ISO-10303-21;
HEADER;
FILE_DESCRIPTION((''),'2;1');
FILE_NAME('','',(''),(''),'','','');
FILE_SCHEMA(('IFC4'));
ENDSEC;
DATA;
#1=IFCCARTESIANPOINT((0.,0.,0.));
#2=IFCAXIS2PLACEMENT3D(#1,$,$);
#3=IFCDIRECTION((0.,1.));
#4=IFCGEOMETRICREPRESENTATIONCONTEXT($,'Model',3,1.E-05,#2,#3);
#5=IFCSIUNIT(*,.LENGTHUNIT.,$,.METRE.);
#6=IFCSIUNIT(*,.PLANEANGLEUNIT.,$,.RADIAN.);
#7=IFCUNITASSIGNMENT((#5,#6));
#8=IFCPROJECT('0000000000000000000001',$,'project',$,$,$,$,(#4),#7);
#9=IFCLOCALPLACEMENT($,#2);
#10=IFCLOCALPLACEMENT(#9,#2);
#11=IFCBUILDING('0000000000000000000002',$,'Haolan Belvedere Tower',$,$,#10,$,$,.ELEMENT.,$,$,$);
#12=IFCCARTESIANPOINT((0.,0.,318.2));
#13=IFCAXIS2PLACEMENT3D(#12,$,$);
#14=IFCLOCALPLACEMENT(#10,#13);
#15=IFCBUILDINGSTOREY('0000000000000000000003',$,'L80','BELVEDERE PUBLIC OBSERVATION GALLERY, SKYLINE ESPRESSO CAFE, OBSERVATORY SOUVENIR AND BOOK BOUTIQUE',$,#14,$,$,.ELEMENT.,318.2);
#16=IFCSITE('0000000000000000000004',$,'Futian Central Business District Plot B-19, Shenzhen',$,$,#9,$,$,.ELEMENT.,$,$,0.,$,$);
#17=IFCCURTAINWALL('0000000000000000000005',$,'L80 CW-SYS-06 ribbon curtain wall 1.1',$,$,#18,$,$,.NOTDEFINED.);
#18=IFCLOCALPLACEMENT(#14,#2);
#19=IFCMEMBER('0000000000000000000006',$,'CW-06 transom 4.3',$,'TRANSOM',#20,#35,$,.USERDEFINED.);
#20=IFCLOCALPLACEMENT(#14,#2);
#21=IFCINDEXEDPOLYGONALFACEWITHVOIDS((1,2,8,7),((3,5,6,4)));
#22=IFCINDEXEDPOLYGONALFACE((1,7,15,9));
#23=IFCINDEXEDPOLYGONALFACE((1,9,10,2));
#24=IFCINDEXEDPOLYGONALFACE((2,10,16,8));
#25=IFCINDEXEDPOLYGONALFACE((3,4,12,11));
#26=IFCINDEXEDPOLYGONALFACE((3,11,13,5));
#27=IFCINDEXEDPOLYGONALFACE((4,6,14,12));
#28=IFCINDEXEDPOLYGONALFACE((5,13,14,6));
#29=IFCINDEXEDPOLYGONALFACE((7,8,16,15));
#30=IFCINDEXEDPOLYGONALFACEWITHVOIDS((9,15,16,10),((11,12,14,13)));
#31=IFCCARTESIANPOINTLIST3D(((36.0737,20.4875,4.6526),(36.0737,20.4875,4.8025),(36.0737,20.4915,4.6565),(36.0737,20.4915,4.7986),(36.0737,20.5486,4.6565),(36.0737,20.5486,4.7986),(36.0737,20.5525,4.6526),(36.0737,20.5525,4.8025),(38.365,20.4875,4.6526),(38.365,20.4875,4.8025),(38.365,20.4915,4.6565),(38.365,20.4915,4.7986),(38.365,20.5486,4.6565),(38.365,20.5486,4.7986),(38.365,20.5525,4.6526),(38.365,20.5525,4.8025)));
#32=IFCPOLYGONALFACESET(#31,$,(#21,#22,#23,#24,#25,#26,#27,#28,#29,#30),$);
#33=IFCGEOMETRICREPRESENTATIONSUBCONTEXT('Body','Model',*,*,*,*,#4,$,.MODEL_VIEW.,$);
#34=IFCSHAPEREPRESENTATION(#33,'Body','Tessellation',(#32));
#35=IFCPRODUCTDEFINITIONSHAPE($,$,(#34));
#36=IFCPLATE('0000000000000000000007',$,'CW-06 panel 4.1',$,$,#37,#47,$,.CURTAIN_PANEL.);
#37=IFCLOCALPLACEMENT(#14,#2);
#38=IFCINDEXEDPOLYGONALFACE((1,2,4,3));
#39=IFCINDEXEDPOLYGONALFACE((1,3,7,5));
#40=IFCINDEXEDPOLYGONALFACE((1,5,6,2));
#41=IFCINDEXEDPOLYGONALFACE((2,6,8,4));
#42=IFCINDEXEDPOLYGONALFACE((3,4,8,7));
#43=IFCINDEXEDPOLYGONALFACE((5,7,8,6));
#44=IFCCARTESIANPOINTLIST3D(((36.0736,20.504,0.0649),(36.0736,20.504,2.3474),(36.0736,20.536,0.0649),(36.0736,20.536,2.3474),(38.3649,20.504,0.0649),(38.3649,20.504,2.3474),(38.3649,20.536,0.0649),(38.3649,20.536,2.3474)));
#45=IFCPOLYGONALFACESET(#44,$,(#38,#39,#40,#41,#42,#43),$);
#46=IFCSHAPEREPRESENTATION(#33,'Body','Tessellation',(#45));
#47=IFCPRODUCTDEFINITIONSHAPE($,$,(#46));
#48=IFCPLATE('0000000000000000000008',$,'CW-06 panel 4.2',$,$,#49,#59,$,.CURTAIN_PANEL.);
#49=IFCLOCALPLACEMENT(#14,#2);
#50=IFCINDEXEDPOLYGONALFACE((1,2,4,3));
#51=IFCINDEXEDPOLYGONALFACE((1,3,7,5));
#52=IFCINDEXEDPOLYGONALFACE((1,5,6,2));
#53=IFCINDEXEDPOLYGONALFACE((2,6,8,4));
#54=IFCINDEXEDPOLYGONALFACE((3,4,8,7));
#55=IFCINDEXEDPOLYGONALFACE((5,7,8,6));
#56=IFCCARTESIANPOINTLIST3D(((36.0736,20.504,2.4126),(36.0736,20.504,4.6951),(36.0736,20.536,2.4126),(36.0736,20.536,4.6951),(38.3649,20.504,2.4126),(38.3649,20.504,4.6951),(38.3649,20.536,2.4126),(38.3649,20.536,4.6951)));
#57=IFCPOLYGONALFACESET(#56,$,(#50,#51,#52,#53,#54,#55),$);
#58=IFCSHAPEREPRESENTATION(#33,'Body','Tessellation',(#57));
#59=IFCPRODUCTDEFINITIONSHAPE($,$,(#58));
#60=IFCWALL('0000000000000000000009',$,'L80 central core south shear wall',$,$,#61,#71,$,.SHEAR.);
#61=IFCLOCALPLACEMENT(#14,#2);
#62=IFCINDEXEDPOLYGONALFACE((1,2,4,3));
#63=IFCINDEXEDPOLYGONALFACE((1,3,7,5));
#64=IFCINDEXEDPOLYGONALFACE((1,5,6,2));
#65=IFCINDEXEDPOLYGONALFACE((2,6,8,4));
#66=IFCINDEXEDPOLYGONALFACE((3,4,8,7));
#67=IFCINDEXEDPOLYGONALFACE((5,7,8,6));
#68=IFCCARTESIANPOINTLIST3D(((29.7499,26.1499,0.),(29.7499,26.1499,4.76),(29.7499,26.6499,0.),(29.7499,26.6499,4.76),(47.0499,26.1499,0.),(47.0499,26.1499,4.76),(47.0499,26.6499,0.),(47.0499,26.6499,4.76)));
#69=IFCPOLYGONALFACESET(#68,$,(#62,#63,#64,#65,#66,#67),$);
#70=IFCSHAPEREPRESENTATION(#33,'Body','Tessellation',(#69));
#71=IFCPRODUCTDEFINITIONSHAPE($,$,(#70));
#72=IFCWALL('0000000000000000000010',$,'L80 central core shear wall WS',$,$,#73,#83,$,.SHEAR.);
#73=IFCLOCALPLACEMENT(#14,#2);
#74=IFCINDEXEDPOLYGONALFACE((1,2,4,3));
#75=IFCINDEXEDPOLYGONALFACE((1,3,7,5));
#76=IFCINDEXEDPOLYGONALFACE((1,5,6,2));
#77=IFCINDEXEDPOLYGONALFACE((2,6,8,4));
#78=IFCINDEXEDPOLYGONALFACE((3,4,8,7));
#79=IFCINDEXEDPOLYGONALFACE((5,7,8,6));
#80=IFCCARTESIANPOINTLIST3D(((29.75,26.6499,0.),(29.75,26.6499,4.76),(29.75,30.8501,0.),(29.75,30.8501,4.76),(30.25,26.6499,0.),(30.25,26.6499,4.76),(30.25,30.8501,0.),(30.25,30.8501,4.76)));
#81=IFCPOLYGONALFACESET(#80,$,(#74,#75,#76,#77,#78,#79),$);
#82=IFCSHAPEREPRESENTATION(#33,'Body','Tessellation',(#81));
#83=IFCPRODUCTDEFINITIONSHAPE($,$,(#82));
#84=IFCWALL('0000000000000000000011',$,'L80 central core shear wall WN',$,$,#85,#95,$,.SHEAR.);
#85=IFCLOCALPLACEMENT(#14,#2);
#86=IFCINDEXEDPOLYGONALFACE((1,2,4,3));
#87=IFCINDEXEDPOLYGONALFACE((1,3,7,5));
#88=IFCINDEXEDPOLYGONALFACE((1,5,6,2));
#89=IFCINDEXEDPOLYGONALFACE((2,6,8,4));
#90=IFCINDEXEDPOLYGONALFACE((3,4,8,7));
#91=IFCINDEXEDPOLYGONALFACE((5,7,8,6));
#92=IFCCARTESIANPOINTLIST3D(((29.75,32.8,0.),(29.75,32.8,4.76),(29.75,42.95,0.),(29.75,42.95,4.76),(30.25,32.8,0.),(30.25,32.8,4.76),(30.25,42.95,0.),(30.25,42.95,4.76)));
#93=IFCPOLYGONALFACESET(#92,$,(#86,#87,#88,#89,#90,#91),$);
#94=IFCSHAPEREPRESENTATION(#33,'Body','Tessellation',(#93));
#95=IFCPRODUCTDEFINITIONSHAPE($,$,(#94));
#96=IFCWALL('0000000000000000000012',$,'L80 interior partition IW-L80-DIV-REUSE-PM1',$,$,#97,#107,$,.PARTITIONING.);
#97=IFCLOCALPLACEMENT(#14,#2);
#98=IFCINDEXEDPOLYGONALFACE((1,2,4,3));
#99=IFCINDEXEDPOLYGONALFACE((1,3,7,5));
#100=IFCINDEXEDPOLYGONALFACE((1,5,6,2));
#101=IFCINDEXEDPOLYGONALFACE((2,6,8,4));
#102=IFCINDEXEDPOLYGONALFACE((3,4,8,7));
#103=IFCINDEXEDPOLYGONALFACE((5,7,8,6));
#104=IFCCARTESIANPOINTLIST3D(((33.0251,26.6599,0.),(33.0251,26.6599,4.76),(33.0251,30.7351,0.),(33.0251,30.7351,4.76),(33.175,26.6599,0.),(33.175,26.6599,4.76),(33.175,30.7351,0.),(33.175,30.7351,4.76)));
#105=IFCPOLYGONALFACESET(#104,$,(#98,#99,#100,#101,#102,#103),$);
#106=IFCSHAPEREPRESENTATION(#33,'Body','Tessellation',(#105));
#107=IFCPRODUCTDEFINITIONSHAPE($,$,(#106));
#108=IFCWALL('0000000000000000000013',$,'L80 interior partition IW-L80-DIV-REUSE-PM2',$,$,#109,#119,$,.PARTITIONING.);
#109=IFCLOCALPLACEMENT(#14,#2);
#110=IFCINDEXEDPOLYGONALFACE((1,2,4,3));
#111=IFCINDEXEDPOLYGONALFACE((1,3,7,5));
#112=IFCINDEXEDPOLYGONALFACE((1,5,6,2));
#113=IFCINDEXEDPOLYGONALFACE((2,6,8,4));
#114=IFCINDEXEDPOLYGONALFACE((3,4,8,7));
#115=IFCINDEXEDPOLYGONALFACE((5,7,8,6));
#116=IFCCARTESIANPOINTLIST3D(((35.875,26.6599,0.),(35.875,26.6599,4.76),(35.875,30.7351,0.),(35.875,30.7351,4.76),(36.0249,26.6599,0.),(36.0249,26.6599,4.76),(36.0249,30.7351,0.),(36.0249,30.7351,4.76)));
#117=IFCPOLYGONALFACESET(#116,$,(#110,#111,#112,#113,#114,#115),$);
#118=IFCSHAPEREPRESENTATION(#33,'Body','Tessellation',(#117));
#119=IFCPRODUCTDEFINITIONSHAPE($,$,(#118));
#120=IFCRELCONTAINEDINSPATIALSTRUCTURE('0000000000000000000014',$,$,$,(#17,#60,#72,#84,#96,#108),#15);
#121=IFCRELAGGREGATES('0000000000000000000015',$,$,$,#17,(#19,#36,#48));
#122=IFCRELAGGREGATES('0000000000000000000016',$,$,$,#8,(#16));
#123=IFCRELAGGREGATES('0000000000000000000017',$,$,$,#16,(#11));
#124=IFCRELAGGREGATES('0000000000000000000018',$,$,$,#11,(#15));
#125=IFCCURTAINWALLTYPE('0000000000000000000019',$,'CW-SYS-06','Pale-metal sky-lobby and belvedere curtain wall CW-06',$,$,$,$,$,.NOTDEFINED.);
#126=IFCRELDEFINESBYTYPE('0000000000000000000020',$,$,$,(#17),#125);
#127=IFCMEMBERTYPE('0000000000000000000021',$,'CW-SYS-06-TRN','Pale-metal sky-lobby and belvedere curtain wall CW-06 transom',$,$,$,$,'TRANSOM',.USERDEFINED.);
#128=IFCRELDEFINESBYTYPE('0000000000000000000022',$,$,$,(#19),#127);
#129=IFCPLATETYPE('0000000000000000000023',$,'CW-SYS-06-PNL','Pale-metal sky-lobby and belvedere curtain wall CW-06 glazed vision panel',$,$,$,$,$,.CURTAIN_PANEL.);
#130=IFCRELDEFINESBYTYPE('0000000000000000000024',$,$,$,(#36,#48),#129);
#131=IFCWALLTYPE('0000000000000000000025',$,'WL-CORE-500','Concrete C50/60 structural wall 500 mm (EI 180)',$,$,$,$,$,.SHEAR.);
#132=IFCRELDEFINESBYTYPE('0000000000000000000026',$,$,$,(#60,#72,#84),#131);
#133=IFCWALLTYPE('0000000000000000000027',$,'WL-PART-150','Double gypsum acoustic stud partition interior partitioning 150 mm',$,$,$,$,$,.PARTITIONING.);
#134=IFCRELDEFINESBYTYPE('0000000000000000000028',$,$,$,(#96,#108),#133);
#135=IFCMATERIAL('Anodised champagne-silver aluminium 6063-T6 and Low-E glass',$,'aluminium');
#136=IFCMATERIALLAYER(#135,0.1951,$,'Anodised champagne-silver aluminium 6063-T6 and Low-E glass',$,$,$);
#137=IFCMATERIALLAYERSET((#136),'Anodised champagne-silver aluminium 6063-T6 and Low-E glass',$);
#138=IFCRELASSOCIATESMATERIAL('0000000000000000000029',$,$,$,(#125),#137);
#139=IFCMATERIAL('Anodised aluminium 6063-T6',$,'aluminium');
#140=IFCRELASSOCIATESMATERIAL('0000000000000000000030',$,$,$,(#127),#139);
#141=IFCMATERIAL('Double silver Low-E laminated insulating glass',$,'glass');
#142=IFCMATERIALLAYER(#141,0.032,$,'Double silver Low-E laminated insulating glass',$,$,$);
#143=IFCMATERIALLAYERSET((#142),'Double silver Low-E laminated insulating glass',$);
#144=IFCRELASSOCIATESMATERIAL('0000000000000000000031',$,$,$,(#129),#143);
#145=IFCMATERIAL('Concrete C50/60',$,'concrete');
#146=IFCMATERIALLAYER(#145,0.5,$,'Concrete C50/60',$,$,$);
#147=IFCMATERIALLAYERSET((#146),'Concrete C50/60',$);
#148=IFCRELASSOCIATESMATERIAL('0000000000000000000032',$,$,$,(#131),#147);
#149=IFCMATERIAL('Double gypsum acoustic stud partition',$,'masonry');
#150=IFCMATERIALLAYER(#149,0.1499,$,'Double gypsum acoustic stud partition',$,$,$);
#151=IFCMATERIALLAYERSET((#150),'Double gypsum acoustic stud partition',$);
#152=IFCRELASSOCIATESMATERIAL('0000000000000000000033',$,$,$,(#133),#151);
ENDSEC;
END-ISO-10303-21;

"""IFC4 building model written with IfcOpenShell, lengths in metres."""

from ifc_helpers import new_model, si_unit, direction, frame, frame_2d, origin, origin_2d, place, context, subcontext, project, spatial, rectangle, hollow_rectangle, extrude, material, layer, layer_set, material_profile, profile_set, type_object, element, aggregate, save


model = new_model("IFC4")

# Units and contexts
model_context = context("Model", 3, precision=1e-05, world=origin(), true_north=direction((0.0, 1.0)))
body_context = subcontext(model_context, "Body", "Model", "MODEL_VIEW")
ifc_project = project(units=[si_unit("LENGTHUNIT", "METRE"), si_unit("PLANEANGLEUNIT", "RADIAN")], contexts=[model_context])

# Site, building, storey
site_placement = place(None, origin())
site = spatial("IfcSite", under=ifc_project, at=site_placement, Name="Futian Central Business District Plot B-19, Shenzhen", CompositionType="ELEMENT", RefElevation=0.0)
building_placement = place(site_placement, origin())
building = spatial("IfcBuilding", under=site, at=building_placement, Name="Haolan Belvedere Tower", CompositionType="ELEMENT")
storey_placement = place(building_placement, frame((0.0, 0.0, 318.2)))
storey = spatial("IfcBuildingStorey", under=building, at=storey_placement, Name="L80", Description="BELVEDERE PUBLIC OBSERVATION GALLERY, SKYLINE ESPRESSO CAFE, OBSERVATORY SOUVENIR AND BOOK BOUTIQUE", CompositionType="ELEMENT", Elevation=318.2)

# Curtain wall, member, plates
ifc_material_1 = material(Name="Anodised champagne-silver aluminium 6063-T6 and Low-E glass", Category="aluminium")
ifc_layer_1 = layer(ifc_material_1, 0.1951, Name="Anodised champagne-silver aluminium 6063-T6 and Low-E glass")
ifc_layer_set_1 = layer_set([ifc_layer_1], Name="Anodised champagne-silver aluminium 6063-T6 and Low-E glass")
curtain_wall_type = type_object("IfcCurtainWallType", Name="CW-SYS-06", Description="Pale-metal sky-lobby and belvedere curtain wall CW-06", PredefinedType="NOTDEFINED", material=ifc_layer_set_1)
curtain_wall_placement = place(storey_placement, origin())
curtain_wall = element("IfcCurtainWall", 1, at=curtain_wall_placement, inside=storey, type_object=curtain_wall_type, Name="L80 CW-SYS-06 ribbon curtain wall 1.1", PredefinedType="NOTDEFINED")
ifc_material_2 = material(Name="Anodised aluminium 6063-T6", Category="aluminium")
ifc_material_profile_1 = material_profile(ifc_material_2, hollow_rectangle(XDim=0.0649, YDim=0.1499, WallThickness=0.0039, at=origin_2d()), Name="Anodised aluminium 6063-T6")
ifc_profile_set_1 = profile_set([ifc_material_profile_1], Name="Anodised aluminium 6063-T6")
member_type = type_object("IfcMemberType", Name="CW-SYS-06-TRN", Description="Pale-metal sky-lobby and belvedere curtain wall CW-06 transom", ElementType="TRANSOM", PredefinedType="USERDEFINED", material=ifc_profile_set_1)
member_1_placement = place(storey_placement, frame((36.0737, 20.52, 4.7275), z_axis=(1.0, 0.0, 0.0), x_axis=(0.0, 1.0, 0.0)))
member_1 = element("IfcMember", 2, at=member_1_placement, type_object=member_type, Name="CW-06 transom 4.3", ObjectType="TRANSOM", PredefinedType="USERDEFINED", context=body_context, shape_type="SweptSolid", body=[
    extrude(hollow_rectangle(XDim=0.0649, YDim=0.1499, WallThickness=0.0039, at=origin_2d()), origin(), (0.0, 0.0, 1.0), 2.2913),
])
ifc_material_3 = material(Name="Double silver Low-E laminated insulating glass", Category="glass")
ifc_layer_2 = layer(ifc_material_3, 0.032, Name="Double silver Low-E laminated insulating glass")
ifc_layer_set_2 = layer_set([ifc_layer_2], Name="Double silver Low-E laminated insulating glass")
plate_type = type_object("IfcPlateType", Name="CW-SYS-06-PNL", Description="Pale-metal sky-lobby and belvedere curtain wall CW-06 glazed vision panel", PredefinedType="CURTAIN_PANEL", material=ifc_layer_set_2)
plate_1_placement = place(storey_placement, frame((37.2192, 20.52, 0.0649), z_axis=(0.0, 0.0, 1.0), x_axis=(1.0, 0.0, 0.0)))
plate_1 = element("IfcPlate", 3, at=plate_1_placement, type_object=plate_type, Name="CW-06 panel 4.1", PredefinedType="CURTAIN_PANEL", context=body_context, shape_type="SweptSolid", body=[
    extrude(rectangle(XDim=2.2913, YDim=0.032, at=origin_2d()), origin(), (0.0, 0.0, 1.0), 2.2825),
])
plate_2_placement = place(storey_placement, frame((37.2192, 20.52, 2.4126), z_axis=(0.0, 0.0, 1.0), x_axis=(1.0, 0.0, 0.0)))
plate_2 = element("IfcPlate", 4, at=plate_2_placement, type_object=plate_type, Name="CW-06 panel 4.2", PredefinedType="CURTAIN_PANEL", context=body_context, shape_type="SweptSolid", body=[
    extrude(rectangle(XDim=2.2913, YDim=0.032, at=origin_2d()), origin(), (0.0, 0.0, 1.0), 2.2825),
])
aggregate(curtain_wall, [member_1, plate_1, plate_2])

# Walls
ifc_material_4 = material(Name="Concrete C50/60", Category="concrete")
ifc_layer_3 = layer(ifc_material_4, 0.5, Name="Concrete C50/60")
ifc_layer_set_3 = layer_set([ifc_layer_3], Name="Concrete C50/60")
wall_type_1 = type_object("IfcWallType", Name="WL-CORE-500", Description="Concrete C50/60 structural wall 500 mm (EI 180)", PredefinedType="SHEAR", material=ifc_layer_set_3)
wall_1_placement = place(storey_placement, frame((29.75, 26.3999, 0.0), z_axis=(0.0, 0.0, 1.0), x_axis=(1.0, 0.0, 0.0)))
element("IfcWall", 5, at=wall_1_placement, inside=storey, type_object=wall_type_1, Name="L80 central core south shear wall", PredefinedType="SHEAR", context=body_context, shape_type="SweptSolid", body=[
    extrude(rectangle(XDim=17.3, YDim=0.5, at=frame_2d((8.6499, 0.0))), origin(), (0.0, 0.0, 1.0), 4.76),
])
wall_2_placement = place(storey_placement, frame((30.0, 26.6499, 0.0), z_axis=(0.0, 0.0, 1.0), x_axis=(0.0, 1.0, 0.0)))
element("IfcWall", 6, at=wall_2_placement, inside=storey, type_object=wall_type_1, Name="L80 central core shear wall WS", PredefinedType="SHEAR", context=body_context, shape_type="SweptSolid", body=[
    extrude(rectangle(XDim=4.2002, YDim=0.5, at=frame_2d((2.1001, 0.0))), origin(), (0.0, 0.0, 1.0), 4.76),
])
wall_3_placement = place(storey_placement, frame((30.0, 32.8, 0.0), z_axis=(0.0, 0.0, 1.0), x_axis=(0.0, 1.0, 0.0)))
element("IfcWall", 7, at=wall_3_placement, inside=storey, type_object=wall_type_1, Name="L80 central core shear wall WN", PredefinedType="SHEAR", context=body_context, shape_type="SweptSolid", body=[
    extrude(rectangle(XDim=10.1499, YDim=0.5, at=frame_2d((5.075, 0.0))), origin(), (0.0, 0.0, 1.0), 4.76),
])
ifc_material_5 = material(Name="Double gypsum acoustic stud partition", Category="masonry")
ifc_layer_4 = layer(ifc_material_5, 0.1499, Name="Double gypsum acoustic stud partition")
ifc_layer_set_4 = layer_set([ifc_layer_4], Name="Double gypsum acoustic stud partition")
wall_type_2 = type_object("IfcWallType", Name="WL-PART-150", Description="Double gypsum acoustic stud partition interior partitioning 150 mm", PredefinedType="PARTITIONING", material=ifc_layer_set_4)
for number, where, z_axis, x_axis, name in (
    (8, (33.1001, 26.6599, 0.0), (0.0, 0.0, 1.0), (0.0, 1.0, 0.0), "L80 interior partition IW-L80-DIV-REUSE-PM1"),
    (9, (35.95, 26.6599, 0.0), (0.0, 0.0, 1.0), (0.0, 1.0, 0.0), "L80 interior partition IW-L80-DIV-REUSE-PM2"),
):
    element("IfcWall", number, at=place(storey_placement, frame(where, z_axis=z_axis, x_axis=x_axis)), inside=storey, type_object=wall_type_2, Name=name, PredefinedType="PARTITIONING", context=body_context, shape_type="SweptSolid", body=[
        extrude(rectangle(XDim=4.0752, YDim=0.1499, at=frame_2d((2.0376, 0.0))), origin(), (0.0, 0.0, 1.0), 4.76),
    ])

save(model, "model.ifc")
